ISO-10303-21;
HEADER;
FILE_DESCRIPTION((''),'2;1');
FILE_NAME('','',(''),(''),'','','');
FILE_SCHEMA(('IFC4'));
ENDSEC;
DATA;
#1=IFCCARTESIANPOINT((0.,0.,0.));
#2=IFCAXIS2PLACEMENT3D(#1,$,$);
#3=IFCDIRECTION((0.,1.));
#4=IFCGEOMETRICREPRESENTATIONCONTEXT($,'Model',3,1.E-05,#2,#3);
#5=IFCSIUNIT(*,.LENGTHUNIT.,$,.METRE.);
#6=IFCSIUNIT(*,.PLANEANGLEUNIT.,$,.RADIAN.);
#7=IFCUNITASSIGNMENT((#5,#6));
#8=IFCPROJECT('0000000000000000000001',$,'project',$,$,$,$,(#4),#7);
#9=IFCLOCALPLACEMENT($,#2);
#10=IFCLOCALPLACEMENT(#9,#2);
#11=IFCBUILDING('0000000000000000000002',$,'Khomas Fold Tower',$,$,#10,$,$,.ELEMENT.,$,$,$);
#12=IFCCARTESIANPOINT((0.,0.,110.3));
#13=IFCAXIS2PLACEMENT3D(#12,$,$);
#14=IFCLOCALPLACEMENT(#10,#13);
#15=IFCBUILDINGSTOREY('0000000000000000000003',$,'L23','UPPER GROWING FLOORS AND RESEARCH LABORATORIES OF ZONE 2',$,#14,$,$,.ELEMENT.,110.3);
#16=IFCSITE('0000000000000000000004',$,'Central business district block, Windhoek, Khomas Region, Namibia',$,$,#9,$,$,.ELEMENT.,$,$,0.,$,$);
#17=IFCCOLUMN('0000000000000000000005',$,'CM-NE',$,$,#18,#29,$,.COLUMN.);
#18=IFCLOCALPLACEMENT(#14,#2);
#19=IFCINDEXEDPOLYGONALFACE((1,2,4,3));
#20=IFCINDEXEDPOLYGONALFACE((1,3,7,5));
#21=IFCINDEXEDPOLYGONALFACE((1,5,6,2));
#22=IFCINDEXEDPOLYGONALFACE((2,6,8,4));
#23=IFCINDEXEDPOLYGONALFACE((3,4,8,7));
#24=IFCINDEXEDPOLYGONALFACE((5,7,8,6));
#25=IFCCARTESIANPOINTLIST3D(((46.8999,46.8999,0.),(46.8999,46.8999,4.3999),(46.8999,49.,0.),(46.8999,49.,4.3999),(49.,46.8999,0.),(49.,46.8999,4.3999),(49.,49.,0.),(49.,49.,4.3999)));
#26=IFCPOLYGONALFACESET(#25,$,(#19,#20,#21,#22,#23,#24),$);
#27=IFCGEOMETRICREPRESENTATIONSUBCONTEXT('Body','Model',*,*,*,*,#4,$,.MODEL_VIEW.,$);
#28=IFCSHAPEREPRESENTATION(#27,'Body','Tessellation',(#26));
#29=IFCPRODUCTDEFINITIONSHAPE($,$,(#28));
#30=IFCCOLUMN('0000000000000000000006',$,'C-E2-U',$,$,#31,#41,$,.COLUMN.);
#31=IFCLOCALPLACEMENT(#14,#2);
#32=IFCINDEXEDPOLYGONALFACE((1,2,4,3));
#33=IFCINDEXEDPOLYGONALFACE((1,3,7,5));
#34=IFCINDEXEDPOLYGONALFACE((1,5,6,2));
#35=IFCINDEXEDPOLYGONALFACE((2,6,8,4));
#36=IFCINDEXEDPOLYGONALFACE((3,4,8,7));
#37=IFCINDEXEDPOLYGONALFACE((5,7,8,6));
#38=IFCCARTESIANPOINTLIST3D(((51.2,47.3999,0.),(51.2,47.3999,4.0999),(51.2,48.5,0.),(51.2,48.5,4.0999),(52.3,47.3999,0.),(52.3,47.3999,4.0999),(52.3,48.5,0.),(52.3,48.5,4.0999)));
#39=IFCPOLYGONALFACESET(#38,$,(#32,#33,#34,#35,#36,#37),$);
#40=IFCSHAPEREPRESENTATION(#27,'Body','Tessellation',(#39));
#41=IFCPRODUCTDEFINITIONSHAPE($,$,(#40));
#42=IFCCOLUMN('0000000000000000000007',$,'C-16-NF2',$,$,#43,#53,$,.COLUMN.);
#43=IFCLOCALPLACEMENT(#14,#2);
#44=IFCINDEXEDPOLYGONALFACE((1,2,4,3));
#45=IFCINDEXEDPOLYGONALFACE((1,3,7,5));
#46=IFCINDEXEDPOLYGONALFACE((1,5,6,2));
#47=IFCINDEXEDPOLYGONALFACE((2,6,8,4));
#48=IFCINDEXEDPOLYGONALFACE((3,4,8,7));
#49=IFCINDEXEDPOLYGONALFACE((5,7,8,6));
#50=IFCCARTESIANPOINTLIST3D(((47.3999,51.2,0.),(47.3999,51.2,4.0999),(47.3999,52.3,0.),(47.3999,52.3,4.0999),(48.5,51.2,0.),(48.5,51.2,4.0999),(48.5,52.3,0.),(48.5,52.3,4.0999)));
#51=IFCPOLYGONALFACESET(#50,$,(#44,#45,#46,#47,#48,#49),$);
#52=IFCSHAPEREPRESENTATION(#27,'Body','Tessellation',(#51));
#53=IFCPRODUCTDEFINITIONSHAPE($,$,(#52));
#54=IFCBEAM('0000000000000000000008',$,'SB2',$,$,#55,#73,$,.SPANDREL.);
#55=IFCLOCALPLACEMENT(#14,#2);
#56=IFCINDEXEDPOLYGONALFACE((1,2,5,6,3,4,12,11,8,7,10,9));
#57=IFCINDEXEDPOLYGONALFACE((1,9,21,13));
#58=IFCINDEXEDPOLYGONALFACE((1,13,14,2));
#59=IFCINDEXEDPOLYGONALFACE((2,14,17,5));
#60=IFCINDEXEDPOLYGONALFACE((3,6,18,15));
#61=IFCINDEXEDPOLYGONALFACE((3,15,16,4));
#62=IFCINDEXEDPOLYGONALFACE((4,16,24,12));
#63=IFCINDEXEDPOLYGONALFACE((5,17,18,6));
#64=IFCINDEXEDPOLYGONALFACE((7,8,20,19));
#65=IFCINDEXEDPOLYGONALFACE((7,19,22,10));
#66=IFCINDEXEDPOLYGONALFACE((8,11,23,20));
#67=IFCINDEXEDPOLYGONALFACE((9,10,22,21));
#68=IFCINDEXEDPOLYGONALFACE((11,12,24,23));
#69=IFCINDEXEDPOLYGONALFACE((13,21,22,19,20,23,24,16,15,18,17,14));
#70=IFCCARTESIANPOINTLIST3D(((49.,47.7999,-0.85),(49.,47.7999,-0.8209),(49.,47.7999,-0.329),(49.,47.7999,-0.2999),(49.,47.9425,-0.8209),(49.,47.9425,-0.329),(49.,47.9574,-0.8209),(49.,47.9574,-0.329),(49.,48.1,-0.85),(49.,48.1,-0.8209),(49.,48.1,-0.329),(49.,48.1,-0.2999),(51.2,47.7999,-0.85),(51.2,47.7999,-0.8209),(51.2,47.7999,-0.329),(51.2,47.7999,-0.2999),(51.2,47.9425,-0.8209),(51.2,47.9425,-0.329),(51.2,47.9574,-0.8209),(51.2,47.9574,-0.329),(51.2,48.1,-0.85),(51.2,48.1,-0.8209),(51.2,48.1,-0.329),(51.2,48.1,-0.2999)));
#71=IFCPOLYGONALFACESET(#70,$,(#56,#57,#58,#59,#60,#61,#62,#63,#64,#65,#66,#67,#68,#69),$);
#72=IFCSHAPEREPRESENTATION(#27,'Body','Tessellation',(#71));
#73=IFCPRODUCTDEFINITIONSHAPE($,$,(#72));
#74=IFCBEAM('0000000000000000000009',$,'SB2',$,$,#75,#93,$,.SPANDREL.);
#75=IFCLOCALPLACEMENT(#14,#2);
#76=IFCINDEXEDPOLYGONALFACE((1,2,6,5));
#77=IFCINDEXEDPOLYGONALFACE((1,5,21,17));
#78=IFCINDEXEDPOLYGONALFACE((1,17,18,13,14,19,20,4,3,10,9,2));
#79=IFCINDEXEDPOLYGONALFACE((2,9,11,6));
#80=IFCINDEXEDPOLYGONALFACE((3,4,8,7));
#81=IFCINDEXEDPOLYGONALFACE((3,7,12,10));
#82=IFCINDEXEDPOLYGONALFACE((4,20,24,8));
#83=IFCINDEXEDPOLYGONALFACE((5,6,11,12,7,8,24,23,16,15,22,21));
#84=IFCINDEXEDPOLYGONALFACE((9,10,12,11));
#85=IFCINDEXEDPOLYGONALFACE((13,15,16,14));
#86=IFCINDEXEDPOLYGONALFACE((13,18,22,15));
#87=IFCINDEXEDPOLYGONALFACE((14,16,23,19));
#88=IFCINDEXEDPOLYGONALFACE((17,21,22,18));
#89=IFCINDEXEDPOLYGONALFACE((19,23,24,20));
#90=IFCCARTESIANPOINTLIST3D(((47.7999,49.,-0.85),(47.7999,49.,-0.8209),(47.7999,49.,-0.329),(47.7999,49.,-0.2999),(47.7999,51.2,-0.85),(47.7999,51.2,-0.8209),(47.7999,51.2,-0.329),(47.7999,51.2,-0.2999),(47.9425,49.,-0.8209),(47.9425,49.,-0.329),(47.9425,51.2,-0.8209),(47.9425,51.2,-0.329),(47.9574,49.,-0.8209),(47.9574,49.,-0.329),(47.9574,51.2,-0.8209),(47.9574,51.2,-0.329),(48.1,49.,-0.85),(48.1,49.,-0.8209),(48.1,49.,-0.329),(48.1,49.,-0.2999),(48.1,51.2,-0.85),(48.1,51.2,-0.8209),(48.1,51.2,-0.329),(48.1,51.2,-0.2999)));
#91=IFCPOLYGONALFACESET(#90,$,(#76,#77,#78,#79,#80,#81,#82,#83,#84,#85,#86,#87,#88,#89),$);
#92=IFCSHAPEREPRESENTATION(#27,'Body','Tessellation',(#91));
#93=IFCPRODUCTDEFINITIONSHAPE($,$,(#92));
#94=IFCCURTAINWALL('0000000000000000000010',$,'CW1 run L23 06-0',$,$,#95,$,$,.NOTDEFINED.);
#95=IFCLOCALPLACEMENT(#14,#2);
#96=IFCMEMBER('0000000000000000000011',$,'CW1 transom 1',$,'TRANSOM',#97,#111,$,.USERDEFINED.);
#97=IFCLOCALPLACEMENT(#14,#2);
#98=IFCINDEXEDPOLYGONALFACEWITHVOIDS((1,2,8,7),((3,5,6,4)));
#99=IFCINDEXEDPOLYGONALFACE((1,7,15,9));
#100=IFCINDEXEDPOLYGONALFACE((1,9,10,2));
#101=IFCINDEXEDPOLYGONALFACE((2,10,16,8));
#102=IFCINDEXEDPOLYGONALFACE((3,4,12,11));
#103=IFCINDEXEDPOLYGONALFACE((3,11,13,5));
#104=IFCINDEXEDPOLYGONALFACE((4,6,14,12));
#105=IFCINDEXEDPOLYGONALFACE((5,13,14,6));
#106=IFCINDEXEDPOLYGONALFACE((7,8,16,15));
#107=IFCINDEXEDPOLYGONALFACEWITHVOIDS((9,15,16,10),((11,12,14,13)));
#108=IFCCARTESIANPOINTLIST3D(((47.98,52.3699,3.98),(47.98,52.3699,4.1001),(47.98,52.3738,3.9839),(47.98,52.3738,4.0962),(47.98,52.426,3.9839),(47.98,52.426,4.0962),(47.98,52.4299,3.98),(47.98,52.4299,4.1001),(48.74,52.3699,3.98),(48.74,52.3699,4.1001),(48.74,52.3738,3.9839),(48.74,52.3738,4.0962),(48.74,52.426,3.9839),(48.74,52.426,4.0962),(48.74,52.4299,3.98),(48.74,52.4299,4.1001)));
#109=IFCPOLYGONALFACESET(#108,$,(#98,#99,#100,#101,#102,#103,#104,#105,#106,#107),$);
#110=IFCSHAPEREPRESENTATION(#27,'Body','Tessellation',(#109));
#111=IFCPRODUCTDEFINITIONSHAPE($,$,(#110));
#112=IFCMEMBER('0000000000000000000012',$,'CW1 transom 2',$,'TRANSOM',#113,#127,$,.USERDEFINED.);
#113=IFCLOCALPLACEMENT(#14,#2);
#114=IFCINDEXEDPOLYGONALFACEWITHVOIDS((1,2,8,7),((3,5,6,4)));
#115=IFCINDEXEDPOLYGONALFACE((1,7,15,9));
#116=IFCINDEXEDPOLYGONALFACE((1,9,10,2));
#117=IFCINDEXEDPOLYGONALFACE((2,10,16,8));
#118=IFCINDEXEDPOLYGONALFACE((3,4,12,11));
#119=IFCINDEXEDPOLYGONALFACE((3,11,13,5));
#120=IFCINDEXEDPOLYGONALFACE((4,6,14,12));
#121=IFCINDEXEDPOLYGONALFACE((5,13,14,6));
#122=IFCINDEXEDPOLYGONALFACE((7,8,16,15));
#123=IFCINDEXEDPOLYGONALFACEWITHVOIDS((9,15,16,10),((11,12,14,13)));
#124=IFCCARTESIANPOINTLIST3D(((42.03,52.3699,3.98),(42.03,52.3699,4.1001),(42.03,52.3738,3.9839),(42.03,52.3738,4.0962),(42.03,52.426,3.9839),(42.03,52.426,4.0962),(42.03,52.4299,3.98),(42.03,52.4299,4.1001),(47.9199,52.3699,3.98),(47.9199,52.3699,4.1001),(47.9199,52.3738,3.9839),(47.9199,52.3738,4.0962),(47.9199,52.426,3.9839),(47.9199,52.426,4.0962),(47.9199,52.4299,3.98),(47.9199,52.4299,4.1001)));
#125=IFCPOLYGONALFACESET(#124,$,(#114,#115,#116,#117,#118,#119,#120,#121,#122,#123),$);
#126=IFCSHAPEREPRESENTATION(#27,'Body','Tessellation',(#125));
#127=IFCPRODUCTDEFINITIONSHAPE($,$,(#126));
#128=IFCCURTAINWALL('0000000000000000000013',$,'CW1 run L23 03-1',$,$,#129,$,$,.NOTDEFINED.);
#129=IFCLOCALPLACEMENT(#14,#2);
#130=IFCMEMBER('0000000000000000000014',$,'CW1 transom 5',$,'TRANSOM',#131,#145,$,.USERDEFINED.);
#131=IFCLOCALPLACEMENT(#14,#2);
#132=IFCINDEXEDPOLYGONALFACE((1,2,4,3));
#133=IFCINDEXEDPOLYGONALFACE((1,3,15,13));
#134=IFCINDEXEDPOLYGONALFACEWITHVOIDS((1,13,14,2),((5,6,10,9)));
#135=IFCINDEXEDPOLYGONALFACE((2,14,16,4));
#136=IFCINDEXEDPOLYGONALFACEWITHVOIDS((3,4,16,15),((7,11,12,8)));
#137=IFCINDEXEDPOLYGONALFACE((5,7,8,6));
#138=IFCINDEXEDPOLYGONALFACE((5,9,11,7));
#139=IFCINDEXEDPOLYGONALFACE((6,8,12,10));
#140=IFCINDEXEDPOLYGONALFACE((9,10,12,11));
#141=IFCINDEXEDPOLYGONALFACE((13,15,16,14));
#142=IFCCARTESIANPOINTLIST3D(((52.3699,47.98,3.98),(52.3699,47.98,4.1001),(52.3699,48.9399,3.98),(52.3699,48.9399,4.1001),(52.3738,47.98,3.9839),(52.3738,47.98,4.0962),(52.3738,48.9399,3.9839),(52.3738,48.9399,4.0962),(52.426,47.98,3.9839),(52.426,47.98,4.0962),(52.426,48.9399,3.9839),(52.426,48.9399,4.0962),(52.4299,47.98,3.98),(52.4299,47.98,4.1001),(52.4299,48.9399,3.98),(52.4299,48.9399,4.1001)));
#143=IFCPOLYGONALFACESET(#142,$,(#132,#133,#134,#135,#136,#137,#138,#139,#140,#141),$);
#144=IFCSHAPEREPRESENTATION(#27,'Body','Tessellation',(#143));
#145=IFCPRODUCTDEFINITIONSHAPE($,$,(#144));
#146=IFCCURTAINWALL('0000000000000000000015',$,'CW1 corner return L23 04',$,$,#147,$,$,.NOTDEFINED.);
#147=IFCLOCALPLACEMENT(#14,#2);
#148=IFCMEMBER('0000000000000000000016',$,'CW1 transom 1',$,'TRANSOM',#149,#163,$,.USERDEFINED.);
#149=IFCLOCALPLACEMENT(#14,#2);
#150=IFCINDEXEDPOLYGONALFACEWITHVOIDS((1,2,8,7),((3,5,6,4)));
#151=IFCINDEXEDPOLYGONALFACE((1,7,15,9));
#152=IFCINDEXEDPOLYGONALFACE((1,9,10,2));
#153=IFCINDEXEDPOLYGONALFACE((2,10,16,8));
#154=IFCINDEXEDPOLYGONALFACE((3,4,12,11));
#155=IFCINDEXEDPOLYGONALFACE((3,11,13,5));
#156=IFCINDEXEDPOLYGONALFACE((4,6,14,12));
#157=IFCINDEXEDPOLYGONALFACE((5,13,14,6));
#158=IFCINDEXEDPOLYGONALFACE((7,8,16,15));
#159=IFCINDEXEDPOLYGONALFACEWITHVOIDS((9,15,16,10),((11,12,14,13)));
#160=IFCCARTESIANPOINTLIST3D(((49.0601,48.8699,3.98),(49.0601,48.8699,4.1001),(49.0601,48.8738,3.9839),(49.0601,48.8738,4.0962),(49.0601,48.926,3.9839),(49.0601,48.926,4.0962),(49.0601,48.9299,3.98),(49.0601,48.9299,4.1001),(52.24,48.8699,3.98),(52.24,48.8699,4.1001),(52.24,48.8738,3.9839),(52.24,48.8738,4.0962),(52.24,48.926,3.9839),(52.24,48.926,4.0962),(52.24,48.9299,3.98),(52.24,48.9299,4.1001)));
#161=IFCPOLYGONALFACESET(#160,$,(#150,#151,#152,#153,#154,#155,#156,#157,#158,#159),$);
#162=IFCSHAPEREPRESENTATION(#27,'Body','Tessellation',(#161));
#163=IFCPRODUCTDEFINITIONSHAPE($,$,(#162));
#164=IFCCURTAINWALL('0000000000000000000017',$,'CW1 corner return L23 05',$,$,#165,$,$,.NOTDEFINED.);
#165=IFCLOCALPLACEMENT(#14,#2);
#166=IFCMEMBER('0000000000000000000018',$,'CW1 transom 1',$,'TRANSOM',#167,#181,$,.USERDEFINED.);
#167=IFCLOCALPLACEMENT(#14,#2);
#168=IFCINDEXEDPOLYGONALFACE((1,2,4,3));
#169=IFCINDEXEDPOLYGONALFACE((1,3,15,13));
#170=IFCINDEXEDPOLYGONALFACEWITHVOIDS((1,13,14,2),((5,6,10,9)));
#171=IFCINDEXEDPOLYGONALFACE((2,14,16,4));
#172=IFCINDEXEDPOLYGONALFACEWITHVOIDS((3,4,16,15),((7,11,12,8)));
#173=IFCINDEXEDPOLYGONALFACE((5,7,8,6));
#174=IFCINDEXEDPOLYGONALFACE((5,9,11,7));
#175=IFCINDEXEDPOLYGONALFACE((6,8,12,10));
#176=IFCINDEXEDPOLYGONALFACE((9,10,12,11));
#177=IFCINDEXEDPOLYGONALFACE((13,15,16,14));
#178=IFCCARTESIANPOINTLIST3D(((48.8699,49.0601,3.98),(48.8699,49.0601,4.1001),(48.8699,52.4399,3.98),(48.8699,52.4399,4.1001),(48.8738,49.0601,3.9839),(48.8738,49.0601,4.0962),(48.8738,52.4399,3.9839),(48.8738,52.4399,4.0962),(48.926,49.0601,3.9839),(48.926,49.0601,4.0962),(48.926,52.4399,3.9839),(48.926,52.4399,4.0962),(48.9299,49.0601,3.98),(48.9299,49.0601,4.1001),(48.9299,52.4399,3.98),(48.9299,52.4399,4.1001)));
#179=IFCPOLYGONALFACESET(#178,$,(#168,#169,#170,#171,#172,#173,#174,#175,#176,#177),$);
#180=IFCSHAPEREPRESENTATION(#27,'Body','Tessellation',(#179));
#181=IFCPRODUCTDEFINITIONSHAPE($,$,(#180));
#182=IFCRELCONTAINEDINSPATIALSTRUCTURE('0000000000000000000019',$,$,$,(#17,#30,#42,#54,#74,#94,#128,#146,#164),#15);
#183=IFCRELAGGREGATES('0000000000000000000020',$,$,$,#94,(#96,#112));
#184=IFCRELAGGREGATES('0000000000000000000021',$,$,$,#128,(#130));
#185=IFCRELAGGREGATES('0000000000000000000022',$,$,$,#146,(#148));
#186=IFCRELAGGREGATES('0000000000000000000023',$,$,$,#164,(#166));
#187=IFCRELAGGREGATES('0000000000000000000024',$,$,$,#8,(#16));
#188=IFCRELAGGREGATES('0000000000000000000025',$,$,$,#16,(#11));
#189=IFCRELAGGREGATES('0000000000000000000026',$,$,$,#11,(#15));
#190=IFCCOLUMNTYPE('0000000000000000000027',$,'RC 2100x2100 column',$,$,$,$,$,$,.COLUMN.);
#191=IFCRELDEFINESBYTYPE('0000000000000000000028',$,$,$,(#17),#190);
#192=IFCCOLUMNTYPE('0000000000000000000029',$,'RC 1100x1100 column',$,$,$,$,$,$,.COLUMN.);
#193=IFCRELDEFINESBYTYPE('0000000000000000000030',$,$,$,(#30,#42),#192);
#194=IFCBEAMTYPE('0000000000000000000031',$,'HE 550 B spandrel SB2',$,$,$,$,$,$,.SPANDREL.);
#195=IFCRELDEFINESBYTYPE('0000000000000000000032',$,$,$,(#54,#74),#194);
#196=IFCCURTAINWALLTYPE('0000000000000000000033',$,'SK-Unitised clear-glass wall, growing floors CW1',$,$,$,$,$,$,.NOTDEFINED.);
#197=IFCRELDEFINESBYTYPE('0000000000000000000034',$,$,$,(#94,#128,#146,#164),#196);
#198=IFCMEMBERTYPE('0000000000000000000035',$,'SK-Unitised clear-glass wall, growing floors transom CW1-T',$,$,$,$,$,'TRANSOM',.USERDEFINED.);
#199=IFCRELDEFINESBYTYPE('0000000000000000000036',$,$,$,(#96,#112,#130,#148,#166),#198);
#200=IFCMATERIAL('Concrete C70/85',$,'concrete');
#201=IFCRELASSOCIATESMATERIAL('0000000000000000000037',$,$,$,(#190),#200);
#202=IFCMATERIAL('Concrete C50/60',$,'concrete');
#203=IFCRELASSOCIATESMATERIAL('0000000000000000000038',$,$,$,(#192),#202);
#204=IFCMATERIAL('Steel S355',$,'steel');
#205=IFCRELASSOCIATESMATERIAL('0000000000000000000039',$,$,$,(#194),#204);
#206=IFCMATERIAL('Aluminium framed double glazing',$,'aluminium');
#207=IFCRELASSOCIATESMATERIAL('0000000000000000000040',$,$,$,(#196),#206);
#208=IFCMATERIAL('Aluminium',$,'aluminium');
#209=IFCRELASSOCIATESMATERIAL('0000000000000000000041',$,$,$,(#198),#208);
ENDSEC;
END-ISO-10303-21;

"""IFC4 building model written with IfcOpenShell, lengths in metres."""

from ifc_helpers import new_model, si_unit, direction, frame, origin, origin_2d, place, context, subcontext, project, spatial, rectangle, hollow_rectangle, i_section, extrude, source, transform, mapped, material, material_profile, profile_set, type_object, element, aggregate, save


model = new_model("IFC4")

# Units and contexts
model_context = context("Model", 3, precision=1e-05, world=origin(), true_north=direction((0.0, 1.0)))
body_context = subcontext(model_context, "Body", "Model", "MODEL_VIEW")
ifc_project = project(units=[si_unit("LENGTHUNIT", "METRE"), si_unit("PLANEANGLEUNIT", "RADIAN")], contexts=[model_context])

# Site, building, storey
site_placement = place(None, origin())
site = spatial("IfcSite", under=ifc_project, at=site_placement, Name="Central business district block, Windhoek, Khomas Region, Namibia", CompositionType="ELEMENT", RefElevation=0.0)
building_placement = place(site_placement, origin())
building = spatial("IfcBuilding", under=site, at=building_placement, Name="Khomas Fold Tower", CompositionType="ELEMENT")
storey_placement = place(building_placement, frame((0.0, 0.0, 110.3)))
storey = spatial("IfcBuildingStorey", under=building, at=storey_placement, Name="L23", Description="UPPER GROWING FLOORS AND RESEARCH LABORATORIES OF ZONE 2", CompositionType="ELEMENT", Elevation=110.3)

# Columns
ifc_material_1 = material(Name="Concrete C70/85", Category="concrete")
ifc_material_profile_1 = material_profile(ifc_material_1, rectangle(XDim=2.1001, YDim=2.1001, at=origin_2d()), Name="RC 2100x2100")
ifc_profile_set_1 = profile_set([ifc_material_profile_1], Name="Concrete C70/85")
column_type_1 = type_object("IfcColumnType", Name="RC 2100x2100 column", PredefinedType="COLUMN", material=ifc_profile_set_1)
shared_shape_1 = source(origin(), body_context, "Body", "SweptSolid", [
    extrude(rectangle(XDim=2.1001, YDim=2.1001, at=origin_2d()), origin(), (0.0, 0.0, 1.0), 4.3999),
])
column_placement = place(storey_placement, frame((47.95, 47.95, 0.0), z_axis=(0.0, 0.0, 1.0), x_axis=(1.0, 0.0, 0.0)))
element("IfcColumn", 1, at=column_placement, inside=storey, type_object=column_type_1, Name="CM-NE", PredefinedType="COLUMN", context=body_context, shape_type="MappedRepresentation", body=[
    mapped(shared_shape_1, transform((0.0, 0.0, 0.0))),
])
ifc_material_2 = material(Name="Concrete C50/60", Category="concrete")
ifc_material_profile_2 = material_profile(ifc_material_2, rectangle(XDim=1.1001, YDim=1.1001, at=origin_2d()), Name="RC 1100x1100")
ifc_profile_set_2 = profile_set([ifc_material_profile_2], Name="Concrete C50/60")
column_type_2 = type_object("IfcColumnType", Name="RC 1100x1100 column", PredefinedType="COLUMN", material=ifc_profile_set_2)
shared_shape_2 = source(origin(), body_context, "Body", "SweptSolid", [
    extrude(rectangle(XDim=1.1001, YDim=1.1001, at=origin_2d()), origin(), (0.0, 0.0, 1.0), 4.0999),
])
for number, where, z_axis, x_axis, name in (
    (2, (51.75, 47.95, 0.0), (0.0, 0.0, 1.0), (1.0, 0.0, 0.0), "C-E2-U"),
    (3, (47.95, 51.75, 0.0), (0.0, 0.0, 1.0), (1.0, 0.0, 0.0), "C-16-NF2"),
):
    element("IfcColumn", number, at=place(storey_placement, frame(where, z_axis=z_axis, x_axis=x_axis)), inside=storey, type_object=column_type_2, Name=name, PredefinedType="COLUMN", context=body_context, shape_type="MappedRepresentation", body=[
        mapped(shared_shape_2, transform((0.0, 0.0, 0.0))),
    ])

# Beams
ifc_material_3 = material(Name="Steel S355", Category="steel")
ifc_material_profile_3 = material_profile(ifc_material_3, i_section(OverallWidth=0.3, OverallDepth=0.55, WebThickness=0.0149, FlangeThickness=0.0291, at=origin_2d()), Name="HE 550 B")
ifc_profile_set_3 = profile_set([ifc_material_profile_3], Name="Steel S355")
beam_type = type_object("IfcBeamType", Name="HE 550 B spandrel SB2", PredefinedType="SPANDREL", material=ifc_profile_set_3)
shared_shape_3 = source(origin(), body_context, "Body", "SweptSolid", [
    extrude(i_section(OverallWidth=0.3, OverallDepth=0.55, WebThickness=0.0149, FlangeThickness=0.0291, at=origin_2d()), origin(), (0.0, 0.0, 1.0), 2.2),
])
for number, where, z_axis, x_axis, name in (
    (4, (49.0, 47.95, -0.575), (1.0, 0.0, 0.0), (0.0, 1.0, 0.0), "SB2"),
    (5, (47.95, 49.0, -0.575), (0.0, 1.0, 0.0), (-1.0, 0.0, 0.0), "SB2"),
):
    element("IfcBeam", number, at=place(storey_placement, frame(where, z_axis=z_axis, x_axis=x_axis)), inside=storey, type_object=beam_type, Name=name, PredefinedType="SPANDREL", context=body_context, shape_type="MappedRepresentation", body=[
        mapped(shared_shape_3, transform((0.0, 0.0, 0.0))),
    ])

# Curtain wall, members
ifc_material_4 = material(Name="Aluminium framed double glazing", Category="aluminium")
curtain_wall_type = type_object("IfcCurtainWallType", Name="SK-Unitised clear-glass wall, growing floors CW1", PredefinedType="NOTDEFINED", material=ifc_material_4)
curtain_wall_1_placement = place(storey_placement, origin())
curtain_wall_1 = element("IfcCurtainWall", 6, at=curtain_wall_1_placement, inside=storey, type_object=curtain_wall_type, Name="CW1 run L23 06-0", PredefinedType="NOTDEFINED")
ifc_material_5 = material(Name="Aluminium", Category="aluminium")
ifc_material_profile_4 = material_profile(ifc_material_5, hollow_rectangle(XDim=0.0601, YDim=0.1201, WallThickness=0.0039, at=origin_2d()), Name="SK-Unitised clear-glass wall, growing floors transom CW1-T")
ifc_profile_set_4 = profile_set([ifc_material_profile_4], Name="Aluminium")
member_type_1 = type_object("IfcMemberType", Name="SK-Unitised clear-glass wall, growing floors transom CW1-T", ElementType="TRANSOM", PredefinedType="USERDEFINED", material=ifc_profile_set_4)
shared_shape_4 = source(origin(), body_context, "Body", "SweptSolid", [
    extrude(hollow_rectangle(XDim=0.0601, YDim=0.1201, WallThickness=0.0039, at=origin_2d()), origin(), (0.0, 0.0, 1.0), 0.76),
])
member_1_placement = place(storey_placement, frame((48.74, 52.3999, 4.04), z_axis=(-1.0, 0.0, 0.0), x_axis=(0.0, -1.0, 0.0)))
member_1 = element("IfcMember", 7, at=member_1_placement, type_object=member_type_1, Name="CW1 transom 1", ObjectType="TRANSOM", PredefinedType="USERDEFINED", context=body_context, shape_type="MappedRepresentation", body=[
    mapped(shared_shape_4, transform((0.0, 0.0, 0.0))),
])
shared_shape_5 = source(origin(), body_context, "Body", "SweptSolid", [
    extrude(hollow_rectangle(XDim=0.0601, YDim=0.1201, WallThickness=0.0039, at=origin_2d()), origin(), (0.0, 0.0, 1.0), 5.8899),
])
member_2_placement = place(storey_placement, frame((47.9199, 52.3999, 4.04), z_axis=(-1.0, 0.0, 0.0), x_axis=(0.0, -1.0, 0.0)))
member_2 = element("IfcMember", 8, at=member_2_placement, type_object=member_type_1, Name="CW1 transom 2", ObjectType="TRANSOM", PredefinedType="USERDEFINED", context=body_context, shape_type="MappedRepresentation", body=[
    mapped(shared_shape_5, transform((0.0, 0.0, 0.0))),
])

# Curtain walls, members
curtain_wall_2_placement = place(storey_placement, origin())
curtain_wall_2 = element("IfcCurtainWall", 9, at=curtain_wall_2_placement, inside=storey, type_object=curtain_wall_type, Name="CW1 run L23 03-1", PredefinedType="NOTDEFINED")
shared_shape_6 = source(origin(), body_context, "Body", "SweptSolid", [
    extrude(hollow_rectangle(XDim=0.0601, YDim=0.1201, WallThickness=0.0039, at=origin_2d()), origin(), (0.0, 0.0, 1.0), 0.96),
])
member_3_placement = place(storey_placement, frame((52.3999, 47.98, 4.04), z_axis=(0.0, 1.0, 0.0), x_axis=(-1.0, 0.0, 0.0)))
member_3 = element("IfcMember", 10, at=member_3_placement, type_object=member_type_1, Name="CW1 transom 5", ObjectType="TRANSOM", PredefinedType="USERDEFINED", context=body_context, shape_type="MappedRepresentation", body=[
    mapped(shared_shape_6, transform((0.0, 0.0, 0.0))),
])
curtain_wall_3_placement = place(storey_placement, origin())
curtain_wall_3 = element("IfcCurtainWall", 11, at=curtain_wall_3_placement, inside=storey, type_object=curtain_wall_type, Name="CW1 corner return L23 04", PredefinedType="NOTDEFINED")
shared_shape_7 = source(origin(), body_context, "Body", "SweptSolid", [
    extrude(hollow_rectangle(XDim=0.0601, YDim=0.1201, WallThickness=0.0039, at=origin_2d()), origin(), (0.0, 0.0, 1.0), 3.1799),
])
member_4_placement = place(storey_placement, frame((52.24, 48.8999, 4.04), z_axis=(-1.0, 0.0, 0.0), x_axis=(0.0, -1.0, 0.0)))
member_4 = element("IfcMember", 12, at=member_4_placement, type_object=member_type_1, Name="CW1 transom 1", ObjectType="TRANSOM", PredefinedType="USERDEFINED", context=body_context, shape_type="MappedRepresentation", body=[
    mapped(shared_shape_7, transform((0.0, 0.0, 0.0))),
])
curtain_wall_4_placement = place(storey_placement, origin())
curtain_wall_4 = element("IfcCurtainWall", 13, at=curtain_wall_4_placement, inside=storey, type_object=curtain_wall_type, Name="CW1 corner return L23 05", PredefinedType="NOTDEFINED")
shared_shape_8 = source(origin(), body_context, "Body", "SweptSolid", [
    extrude(hollow_rectangle(XDim=0.0601, YDim=0.1201, WallThickness=0.0039, at=origin_2d()), origin(), (0.0, 0.0, 1.0), 3.3799),
])
member_5_placement = place(storey_placement, frame((48.8999, 49.0601, 4.04), z_axis=(0.0, 1.0, 0.0), x_axis=(-1.0, 0.0, 0.0)))
member_5 = element("IfcMember", 14, at=member_5_placement, type_object=member_type_1, Name="CW1 transom 1", ObjectType="TRANSOM", PredefinedType="USERDEFINED", context=body_context, shape_type="MappedRepresentation", body=[
    mapped(shared_shape_8, transform((0.0, 0.0, 0.0))),
])

aggregate(curtain_wall_1, [member_1, member_2])
aggregate(curtain_wall_2, [member_3])
aggregate(curtain_wall_3, [member_4])
aggregate(curtain_wall_4, [member_5])

save(model, "model.ifc")
